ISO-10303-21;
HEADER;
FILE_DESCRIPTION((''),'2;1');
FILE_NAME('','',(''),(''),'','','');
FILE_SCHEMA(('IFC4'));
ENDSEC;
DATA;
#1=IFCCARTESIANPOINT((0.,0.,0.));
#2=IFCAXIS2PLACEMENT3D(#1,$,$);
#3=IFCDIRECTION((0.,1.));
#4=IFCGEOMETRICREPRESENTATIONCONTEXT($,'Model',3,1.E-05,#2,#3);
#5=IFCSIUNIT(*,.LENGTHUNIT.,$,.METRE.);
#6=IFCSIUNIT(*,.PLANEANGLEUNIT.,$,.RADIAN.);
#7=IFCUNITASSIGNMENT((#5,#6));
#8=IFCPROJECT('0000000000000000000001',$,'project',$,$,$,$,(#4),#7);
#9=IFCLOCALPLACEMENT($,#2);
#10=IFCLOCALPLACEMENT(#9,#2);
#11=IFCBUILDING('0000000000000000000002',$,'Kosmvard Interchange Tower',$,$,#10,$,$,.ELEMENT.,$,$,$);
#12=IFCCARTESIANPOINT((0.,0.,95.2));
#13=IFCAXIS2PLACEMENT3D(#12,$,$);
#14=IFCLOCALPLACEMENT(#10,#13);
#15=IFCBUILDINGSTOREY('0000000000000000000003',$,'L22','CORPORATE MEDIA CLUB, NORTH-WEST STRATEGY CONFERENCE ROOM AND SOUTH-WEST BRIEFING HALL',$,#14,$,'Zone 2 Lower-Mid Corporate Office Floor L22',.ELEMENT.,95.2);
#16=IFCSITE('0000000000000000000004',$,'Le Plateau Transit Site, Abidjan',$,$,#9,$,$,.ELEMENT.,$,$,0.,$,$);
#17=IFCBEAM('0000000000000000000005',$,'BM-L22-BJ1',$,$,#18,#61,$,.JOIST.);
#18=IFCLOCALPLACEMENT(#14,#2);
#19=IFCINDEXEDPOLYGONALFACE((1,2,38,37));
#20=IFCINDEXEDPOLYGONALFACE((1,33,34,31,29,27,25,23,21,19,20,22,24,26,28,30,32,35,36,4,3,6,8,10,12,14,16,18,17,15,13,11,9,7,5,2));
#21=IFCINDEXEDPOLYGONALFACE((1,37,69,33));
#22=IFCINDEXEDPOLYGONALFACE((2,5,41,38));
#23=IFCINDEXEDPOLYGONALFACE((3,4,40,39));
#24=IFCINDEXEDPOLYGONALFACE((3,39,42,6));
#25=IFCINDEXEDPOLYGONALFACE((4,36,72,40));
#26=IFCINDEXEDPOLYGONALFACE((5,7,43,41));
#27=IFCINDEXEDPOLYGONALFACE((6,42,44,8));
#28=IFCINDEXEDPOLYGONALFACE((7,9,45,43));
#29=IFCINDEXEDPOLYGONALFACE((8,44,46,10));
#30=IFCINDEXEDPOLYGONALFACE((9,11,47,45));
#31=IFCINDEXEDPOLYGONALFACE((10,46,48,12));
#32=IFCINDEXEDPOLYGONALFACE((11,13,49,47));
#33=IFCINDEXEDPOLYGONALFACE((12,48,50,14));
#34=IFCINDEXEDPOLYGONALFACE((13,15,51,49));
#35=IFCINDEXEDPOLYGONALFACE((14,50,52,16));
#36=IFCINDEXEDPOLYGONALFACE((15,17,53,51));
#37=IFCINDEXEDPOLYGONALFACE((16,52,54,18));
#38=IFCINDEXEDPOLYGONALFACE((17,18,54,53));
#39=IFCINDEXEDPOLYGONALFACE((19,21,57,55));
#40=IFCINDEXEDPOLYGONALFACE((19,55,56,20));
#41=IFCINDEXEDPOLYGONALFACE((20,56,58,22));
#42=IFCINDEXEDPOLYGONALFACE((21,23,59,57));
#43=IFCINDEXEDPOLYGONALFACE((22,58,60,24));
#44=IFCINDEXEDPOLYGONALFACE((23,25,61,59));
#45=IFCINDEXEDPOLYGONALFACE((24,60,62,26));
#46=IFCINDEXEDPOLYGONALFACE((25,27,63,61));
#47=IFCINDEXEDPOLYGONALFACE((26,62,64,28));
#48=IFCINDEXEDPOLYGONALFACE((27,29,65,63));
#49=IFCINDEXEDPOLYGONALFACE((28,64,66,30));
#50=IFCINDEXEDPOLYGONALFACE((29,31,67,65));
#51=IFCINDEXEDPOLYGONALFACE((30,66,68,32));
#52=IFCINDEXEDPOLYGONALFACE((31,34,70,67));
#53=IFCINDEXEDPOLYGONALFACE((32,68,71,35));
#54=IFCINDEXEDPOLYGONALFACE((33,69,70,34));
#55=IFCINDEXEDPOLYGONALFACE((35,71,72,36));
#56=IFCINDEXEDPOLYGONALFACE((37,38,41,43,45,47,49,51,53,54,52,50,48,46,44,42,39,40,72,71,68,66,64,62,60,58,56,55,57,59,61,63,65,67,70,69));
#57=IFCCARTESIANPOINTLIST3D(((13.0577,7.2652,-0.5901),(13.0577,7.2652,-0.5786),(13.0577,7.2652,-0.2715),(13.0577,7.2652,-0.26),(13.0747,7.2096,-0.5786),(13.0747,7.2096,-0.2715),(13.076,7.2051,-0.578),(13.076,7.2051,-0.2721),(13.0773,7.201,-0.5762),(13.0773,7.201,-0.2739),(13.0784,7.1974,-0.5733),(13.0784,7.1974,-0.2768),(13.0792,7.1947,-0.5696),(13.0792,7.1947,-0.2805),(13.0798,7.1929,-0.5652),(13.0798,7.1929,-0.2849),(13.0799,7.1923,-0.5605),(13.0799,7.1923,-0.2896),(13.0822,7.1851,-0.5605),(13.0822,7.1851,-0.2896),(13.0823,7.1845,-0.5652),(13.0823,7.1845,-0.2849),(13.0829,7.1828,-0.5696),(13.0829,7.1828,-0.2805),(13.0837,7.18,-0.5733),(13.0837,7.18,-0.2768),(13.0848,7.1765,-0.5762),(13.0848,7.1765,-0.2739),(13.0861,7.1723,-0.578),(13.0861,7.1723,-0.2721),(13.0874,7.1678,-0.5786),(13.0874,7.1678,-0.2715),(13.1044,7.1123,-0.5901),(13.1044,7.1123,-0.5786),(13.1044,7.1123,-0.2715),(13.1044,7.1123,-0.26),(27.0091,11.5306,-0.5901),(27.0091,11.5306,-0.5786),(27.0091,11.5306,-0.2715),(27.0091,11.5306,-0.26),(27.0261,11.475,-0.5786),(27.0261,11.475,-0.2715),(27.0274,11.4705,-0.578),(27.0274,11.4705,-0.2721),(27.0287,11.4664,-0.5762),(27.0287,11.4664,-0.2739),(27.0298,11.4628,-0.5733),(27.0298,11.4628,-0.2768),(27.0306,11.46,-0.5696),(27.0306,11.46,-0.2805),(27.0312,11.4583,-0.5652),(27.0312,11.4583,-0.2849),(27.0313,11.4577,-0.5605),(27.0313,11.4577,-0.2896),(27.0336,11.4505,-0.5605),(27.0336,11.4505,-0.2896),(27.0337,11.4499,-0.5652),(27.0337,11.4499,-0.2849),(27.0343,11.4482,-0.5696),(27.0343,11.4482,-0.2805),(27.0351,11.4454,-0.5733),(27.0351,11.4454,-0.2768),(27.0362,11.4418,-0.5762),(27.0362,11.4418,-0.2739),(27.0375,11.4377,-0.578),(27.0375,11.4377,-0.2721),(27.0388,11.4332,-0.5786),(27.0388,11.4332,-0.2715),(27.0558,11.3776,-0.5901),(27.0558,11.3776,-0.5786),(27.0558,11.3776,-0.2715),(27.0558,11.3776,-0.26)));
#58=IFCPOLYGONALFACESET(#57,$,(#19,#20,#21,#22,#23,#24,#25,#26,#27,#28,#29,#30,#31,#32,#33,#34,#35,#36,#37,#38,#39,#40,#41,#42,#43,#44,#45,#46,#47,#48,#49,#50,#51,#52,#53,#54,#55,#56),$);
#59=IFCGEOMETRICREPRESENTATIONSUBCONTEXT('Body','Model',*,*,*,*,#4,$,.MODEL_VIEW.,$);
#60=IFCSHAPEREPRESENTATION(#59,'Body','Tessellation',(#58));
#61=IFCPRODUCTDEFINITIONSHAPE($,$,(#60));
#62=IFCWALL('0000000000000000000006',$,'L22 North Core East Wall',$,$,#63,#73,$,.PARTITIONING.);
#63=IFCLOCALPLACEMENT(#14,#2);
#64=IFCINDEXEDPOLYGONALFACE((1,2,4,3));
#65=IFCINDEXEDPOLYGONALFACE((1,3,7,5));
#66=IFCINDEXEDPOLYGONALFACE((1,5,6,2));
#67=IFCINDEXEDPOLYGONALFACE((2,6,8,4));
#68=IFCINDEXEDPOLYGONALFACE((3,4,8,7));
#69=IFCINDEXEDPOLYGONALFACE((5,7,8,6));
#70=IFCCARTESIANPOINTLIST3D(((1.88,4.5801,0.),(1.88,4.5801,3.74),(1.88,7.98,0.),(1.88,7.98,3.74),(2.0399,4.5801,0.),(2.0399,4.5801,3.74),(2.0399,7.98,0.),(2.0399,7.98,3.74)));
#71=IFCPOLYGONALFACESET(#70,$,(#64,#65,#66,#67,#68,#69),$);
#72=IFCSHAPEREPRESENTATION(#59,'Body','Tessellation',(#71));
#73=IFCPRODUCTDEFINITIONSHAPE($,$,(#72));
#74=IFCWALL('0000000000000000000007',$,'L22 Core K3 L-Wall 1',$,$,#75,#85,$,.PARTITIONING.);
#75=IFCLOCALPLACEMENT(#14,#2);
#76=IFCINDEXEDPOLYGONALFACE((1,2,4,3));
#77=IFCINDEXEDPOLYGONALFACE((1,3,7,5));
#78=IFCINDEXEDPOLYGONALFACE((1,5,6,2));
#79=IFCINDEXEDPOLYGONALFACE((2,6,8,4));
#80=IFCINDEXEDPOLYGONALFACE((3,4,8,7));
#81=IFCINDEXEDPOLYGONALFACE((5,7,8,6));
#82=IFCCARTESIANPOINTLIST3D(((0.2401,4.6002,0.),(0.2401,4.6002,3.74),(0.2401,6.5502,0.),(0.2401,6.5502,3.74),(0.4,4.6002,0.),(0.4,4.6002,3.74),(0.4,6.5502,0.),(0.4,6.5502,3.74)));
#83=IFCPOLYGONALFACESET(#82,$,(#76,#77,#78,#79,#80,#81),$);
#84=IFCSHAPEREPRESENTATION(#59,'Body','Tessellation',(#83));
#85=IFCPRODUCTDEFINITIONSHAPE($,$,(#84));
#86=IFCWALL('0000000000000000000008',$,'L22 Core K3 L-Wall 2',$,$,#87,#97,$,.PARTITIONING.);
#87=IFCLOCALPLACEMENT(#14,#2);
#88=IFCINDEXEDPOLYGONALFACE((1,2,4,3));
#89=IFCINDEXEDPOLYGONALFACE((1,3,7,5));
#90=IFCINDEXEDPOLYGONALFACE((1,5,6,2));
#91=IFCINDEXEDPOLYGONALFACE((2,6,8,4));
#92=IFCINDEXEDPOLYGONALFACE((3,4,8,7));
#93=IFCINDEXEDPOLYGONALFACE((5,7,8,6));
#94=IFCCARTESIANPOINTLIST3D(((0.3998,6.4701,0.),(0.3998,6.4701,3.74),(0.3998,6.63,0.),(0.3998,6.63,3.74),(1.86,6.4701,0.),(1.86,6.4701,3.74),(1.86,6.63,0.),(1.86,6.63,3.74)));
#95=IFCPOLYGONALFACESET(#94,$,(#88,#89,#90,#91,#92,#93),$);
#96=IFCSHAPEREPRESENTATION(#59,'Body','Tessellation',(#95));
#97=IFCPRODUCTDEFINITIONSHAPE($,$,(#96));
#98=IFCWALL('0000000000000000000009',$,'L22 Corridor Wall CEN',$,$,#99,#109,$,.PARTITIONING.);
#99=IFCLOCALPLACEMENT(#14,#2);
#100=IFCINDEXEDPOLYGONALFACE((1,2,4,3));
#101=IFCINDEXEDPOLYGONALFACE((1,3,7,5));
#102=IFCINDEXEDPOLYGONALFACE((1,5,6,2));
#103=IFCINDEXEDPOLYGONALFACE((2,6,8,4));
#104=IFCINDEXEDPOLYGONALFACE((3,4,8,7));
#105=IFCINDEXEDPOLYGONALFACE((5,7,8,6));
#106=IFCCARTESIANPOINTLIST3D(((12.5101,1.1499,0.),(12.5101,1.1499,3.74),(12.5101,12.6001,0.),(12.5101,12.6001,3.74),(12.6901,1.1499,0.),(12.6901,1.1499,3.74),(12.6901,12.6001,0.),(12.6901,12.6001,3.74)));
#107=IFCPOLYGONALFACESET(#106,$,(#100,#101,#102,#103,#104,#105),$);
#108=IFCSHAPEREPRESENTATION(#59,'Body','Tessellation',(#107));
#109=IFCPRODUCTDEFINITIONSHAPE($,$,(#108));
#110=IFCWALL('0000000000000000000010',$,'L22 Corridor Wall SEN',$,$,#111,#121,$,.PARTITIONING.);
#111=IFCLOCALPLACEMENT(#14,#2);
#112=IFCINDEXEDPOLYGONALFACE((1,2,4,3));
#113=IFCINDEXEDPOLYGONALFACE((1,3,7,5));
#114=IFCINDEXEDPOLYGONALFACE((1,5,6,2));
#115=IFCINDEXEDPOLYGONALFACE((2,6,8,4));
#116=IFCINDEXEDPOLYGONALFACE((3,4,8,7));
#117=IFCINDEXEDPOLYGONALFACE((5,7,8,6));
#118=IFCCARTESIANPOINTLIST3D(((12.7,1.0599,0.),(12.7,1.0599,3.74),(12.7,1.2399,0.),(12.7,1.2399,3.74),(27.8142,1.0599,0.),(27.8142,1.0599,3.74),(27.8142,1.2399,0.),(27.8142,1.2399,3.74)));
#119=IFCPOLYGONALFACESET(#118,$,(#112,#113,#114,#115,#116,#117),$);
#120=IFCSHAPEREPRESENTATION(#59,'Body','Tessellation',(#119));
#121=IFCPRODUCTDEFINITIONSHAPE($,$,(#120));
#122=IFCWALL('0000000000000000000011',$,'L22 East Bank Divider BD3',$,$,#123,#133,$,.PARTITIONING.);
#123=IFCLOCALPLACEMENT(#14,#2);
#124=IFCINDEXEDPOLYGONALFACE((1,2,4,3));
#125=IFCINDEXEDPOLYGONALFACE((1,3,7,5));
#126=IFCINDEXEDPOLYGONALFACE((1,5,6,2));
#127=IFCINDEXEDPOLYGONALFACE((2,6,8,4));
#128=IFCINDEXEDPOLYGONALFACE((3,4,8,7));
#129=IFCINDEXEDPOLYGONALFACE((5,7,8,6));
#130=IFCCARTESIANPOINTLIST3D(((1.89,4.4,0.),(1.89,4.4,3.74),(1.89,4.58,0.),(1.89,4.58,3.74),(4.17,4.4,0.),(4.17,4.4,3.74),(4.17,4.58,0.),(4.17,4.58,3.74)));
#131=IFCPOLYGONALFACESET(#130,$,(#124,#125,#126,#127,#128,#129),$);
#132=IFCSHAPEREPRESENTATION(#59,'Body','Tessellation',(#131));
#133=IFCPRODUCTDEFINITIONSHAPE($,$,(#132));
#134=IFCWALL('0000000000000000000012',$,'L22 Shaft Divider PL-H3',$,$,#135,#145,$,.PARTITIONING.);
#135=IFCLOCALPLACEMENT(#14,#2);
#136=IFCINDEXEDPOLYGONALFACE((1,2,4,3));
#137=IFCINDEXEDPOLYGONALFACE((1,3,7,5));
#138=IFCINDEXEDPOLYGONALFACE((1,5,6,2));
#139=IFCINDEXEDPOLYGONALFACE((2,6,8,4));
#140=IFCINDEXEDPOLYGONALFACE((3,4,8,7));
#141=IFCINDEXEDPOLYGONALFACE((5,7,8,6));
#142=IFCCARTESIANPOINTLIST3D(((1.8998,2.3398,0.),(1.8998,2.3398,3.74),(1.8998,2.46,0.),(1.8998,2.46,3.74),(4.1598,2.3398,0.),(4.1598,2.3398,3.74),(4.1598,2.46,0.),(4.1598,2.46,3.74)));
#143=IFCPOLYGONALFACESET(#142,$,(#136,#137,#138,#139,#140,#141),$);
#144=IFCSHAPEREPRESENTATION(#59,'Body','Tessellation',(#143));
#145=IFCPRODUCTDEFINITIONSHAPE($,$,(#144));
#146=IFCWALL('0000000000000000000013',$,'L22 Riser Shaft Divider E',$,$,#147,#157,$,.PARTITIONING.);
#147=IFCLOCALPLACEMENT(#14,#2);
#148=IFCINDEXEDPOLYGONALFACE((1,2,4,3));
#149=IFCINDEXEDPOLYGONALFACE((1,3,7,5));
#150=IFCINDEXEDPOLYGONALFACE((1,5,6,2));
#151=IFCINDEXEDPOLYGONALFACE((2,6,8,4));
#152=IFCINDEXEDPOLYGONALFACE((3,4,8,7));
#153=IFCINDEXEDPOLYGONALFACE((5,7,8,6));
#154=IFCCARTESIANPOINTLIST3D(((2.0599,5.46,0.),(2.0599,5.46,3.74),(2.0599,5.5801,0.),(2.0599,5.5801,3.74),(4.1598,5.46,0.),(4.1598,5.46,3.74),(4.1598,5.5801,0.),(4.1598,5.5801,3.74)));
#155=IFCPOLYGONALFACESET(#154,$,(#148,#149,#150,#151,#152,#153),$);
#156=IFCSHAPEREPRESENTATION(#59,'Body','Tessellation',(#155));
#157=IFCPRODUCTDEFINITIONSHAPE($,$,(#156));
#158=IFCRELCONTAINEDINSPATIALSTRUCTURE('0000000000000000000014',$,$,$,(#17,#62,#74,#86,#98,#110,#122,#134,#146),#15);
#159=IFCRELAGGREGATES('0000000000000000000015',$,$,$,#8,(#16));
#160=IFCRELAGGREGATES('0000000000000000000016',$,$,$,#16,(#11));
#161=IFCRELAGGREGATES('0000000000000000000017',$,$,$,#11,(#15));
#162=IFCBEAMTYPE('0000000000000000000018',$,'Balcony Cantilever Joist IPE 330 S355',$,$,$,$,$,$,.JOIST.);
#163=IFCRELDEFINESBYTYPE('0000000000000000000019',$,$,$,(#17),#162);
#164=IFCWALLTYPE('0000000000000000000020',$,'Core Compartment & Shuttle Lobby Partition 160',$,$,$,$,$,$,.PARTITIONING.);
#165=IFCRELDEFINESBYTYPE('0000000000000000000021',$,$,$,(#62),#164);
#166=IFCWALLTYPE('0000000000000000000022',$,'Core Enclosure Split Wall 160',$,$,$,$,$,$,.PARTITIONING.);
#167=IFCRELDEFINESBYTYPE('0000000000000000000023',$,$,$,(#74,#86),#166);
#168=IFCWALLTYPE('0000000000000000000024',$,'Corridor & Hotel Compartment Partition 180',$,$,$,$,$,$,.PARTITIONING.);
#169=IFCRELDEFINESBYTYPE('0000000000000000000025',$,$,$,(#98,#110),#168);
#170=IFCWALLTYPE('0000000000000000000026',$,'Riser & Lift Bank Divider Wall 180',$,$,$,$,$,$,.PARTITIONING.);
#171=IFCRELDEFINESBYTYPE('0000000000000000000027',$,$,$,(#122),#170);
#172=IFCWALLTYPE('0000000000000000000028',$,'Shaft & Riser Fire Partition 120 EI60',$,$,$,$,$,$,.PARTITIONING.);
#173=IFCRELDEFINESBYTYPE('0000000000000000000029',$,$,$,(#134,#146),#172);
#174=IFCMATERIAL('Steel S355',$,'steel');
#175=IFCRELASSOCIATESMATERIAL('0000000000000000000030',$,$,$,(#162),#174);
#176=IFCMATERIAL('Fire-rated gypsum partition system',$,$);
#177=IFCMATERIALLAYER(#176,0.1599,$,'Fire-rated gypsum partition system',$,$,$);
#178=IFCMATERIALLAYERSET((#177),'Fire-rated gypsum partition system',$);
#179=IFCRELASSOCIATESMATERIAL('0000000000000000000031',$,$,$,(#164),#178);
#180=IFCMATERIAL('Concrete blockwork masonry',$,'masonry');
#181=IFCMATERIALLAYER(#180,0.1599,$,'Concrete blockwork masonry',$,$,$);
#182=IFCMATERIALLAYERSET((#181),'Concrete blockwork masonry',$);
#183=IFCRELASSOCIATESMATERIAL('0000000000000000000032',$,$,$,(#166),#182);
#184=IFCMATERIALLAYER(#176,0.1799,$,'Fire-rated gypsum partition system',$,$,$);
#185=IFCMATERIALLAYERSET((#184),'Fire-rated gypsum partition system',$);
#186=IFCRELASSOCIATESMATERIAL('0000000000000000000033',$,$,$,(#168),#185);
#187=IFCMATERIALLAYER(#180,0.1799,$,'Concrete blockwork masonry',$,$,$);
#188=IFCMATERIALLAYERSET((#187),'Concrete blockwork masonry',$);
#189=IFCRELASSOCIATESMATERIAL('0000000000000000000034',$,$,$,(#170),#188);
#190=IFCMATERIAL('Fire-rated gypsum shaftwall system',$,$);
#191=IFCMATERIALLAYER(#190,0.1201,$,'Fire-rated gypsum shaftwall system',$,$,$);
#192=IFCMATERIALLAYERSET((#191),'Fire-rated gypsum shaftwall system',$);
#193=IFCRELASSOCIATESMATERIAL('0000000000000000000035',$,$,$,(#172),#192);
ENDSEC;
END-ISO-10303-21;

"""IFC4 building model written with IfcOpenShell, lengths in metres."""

from ifc_helpers import new_model, si_unit, direction, frame, frame_2d, origin, origin_2d, place, context, subcontext, project, spatial, rectangle, i_section, extrude, source, transform, mapped, material, layer, layer_set, material_profile, profile_set, type_object, element, save


model = new_model("IFC4")

# Units and contexts
model_context = context("Model", 3, precision=1e-05, world=origin(), true_north=direction((0.0, 1.0)))
body_context = subcontext(model_context, "Body", "Model", "MODEL_VIEW")
ifc_project = project(units=[si_unit("LENGTHUNIT", "METRE"), si_unit("PLANEANGLEUNIT", "RADIAN")], contexts=[model_context])

# Site, building, storey
site_placement = place(None, origin())
site = spatial("IfcSite", under=ifc_project, at=site_placement, Name="Le Plateau Transit Site, Abidjan", CompositionType="ELEMENT", RefElevation=0.0)
building_placement = place(site_placement, origin())
building = spatial("IfcBuilding", under=site, at=building_placement, Name="Kosmvard Interchange Tower", CompositionType="ELEMENT")
storey_placement = place(building_placement, frame((0.0, 0.0, 95.2)))
storey = spatial("IfcBuildingStorey", under=building, at=storey_placement, Name="L22", Description="CORPORATE MEDIA CLUB, NORTH-WEST STRATEGY CONFERENCE ROOM AND SOUTH-WEST BRIEFING HALL", LongName="Zone 2 Lower-Mid Corporate Office Floor L22", CompositionType="ELEMENT", Elevation=95.2)

# Beam
ifc_material_1 = material(Name="Steel S355", Category="steel")
ifc_material_profile_1 = material_profile(ifc_material_1, i_section(OverallWidth=0.1599, OverallDepth=0.3301, WebThickness=0.0076, FlangeThickness=0.0115, FilletRadius=0.0181, at=origin_2d()), Name="IPE 330")
ifc_profile_set_1 = profile_set([ifc_material_profile_1], Name="Steel S355")
beam_type_1 = type_object("IfcBeamType", Name="Balcony Cantilever Joist IPE 330 S355", PredefinedType="JOIST", material=ifc_profile_set_1)
shared_shape_1 = source(origin(), body_context, "Body", "SweptSolid", [
    extrude(i_section(OverallWidth=0.1599, OverallDepth=0.3301, WebThickness=0.0076, FlangeThickness=0.0115, FilletRadius=0.0181, at=origin_2d()), origin(), (0.0, 0.0, 1.0), 14.5889),
])
beam_1_placement = place(storey_placement, frame((13.0811, 7.1887, -0.425), z_axis=(0.956305, 0.292372, 0.0), x_axis=(-0.292372, 0.956305, 0.0)))
element("IfcBeam", 1, at=beam_1_placement, inside=storey, type_object=beam_type_1, Name="BM-L22-BJ1", PredefinedType="JOIST", context=body_context, shape_type="MappedRepresentation", body=[
    mapped(shared_shape_1, transform((0.0, 0.0, 0.0), scale=1.0)),
])

# Walls
ifc_material_2 = material(Name="Fire-rated gypsum partition system")
ifc_layer_1 = layer(ifc_material_2, 0.1599, Name="Fire-rated gypsum partition system")
ifc_layer_set_1 = layer_set([ifc_layer_1], Name="Fire-rated gypsum partition system")
wall_type_1 = type_object("IfcWallType", Name="Core Compartment & Shuttle Lobby Partition 160", PredefinedType="PARTITIONING", material=ifc_layer_set_1)
wall_1_placement = place(storey_placement, frame((1.96, 4.5801, 0.0), z_axis=(0.0, 0.0, 1.0), x_axis=(0.0, 1.0, 0.0)))
element("IfcWall", 2, at=wall_1_placement, inside=storey, type_object=wall_type_1, Name="L22 North Core East Wall", PredefinedType="PARTITIONING", context=body_context, shape_type="SweptSolid", body=[
    extrude(rectangle(XDim=3.3999, YDim=0.1599, at=frame_2d((1.7, 0.0))), origin(), (0.0, 0.0, 1.0), 3.74),
])
ifc_material_3 = material(Name="Concrete blockwork masonry", Category="masonry")
ifc_layer_2 = layer(ifc_material_3, 0.1599, Name="Concrete blockwork masonry")
ifc_layer_set_2 = layer_set([ifc_layer_2], Name="Concrete blockwork masonry")
wall_type_2 = type_object("IfcWallType", Name="Core Enclosure Split Wall 160", PredefinedType="PARTITIONING", material=ifc_layer_set_2)
wall_2_placement = place(storey_placement, frame((0.3201, 4.6001, 0.0), z_axis=(0.0, 0.0, 1.0), x_axis=(0.0, 1.0, 0.0)))
element("IfcWall", 3, at=wall_2_placement, inside=storey, type_object=wall_type_2, Name="L22 Core K3 L-Wall 1", PredefinedType="PARTITIONING", context=body_context, shape_type="SweptSolid", body=[
    extrude(rectangle(XDim=1.95, YDim=0.1599, at=frame_2d((0.9751, 0.0))), origin(), (0.0, 0.0, 1.0), 3.74),
])
wall_3_placement = place(storey_placement, frame((0.3999, 6.55, 0.0), z_axis=(0.0, 0.0, 1.0), x_axis=(1.0, 0.0, 0.0)))
element("IfcWall", 4, at=wall_3_placement, inside=storey, type_object=wall_type_2, Name="L22 Core K3 L-Wall 2", PredefinedType="PARTITIONING", context=body_context, shape_type="SweptSolid", body=[
    extrude(rectangle(XDim=1.4602, YDim=0.1599, at=frame_2d((0.73, 0.0))), origin(), (0.0, 0.0, 1.0), 3.74),
])
ifc_layer_3 = layer(ifc_material_2, 0.1799, Name="Fire-rated gypsum partition system")
ifc_layer_set_3 = layer_set([ifc_layer_3], Name="Fire-rated gypsum partition system")
wall_type_3 = type_object("IfcWallType", Name="Corridor & Hotel Compartment Partition 180", PredefinedType="PARTITIONING", material=ifc_layer_set_3)
wall_4_placement = place(storey_placement, frame((12.6001, 1.1499, 0.0), z_axis=(0.0, 0.0, 1.0), x_axis=(0.0, 1.0, 0.0)))
element("IfcWall", 5, at=wall_4_placement, inside=storey, type_object=wall_type_3, Name="L22 Corridor Wall CEN", PredefinedType="PARTITIONING", context=body_context, shape_type="SweptSolid", body=[
    extrude(rectangle(XDim=11.4502, YDim=0.1799, at=frame_2d((5.7251, 0.0))), origin(), (0.0, 0.0, 1.0), 3.74),
])
wall_5_placement = place(storey_placement, frame((12.7, 1.1499, 0.0), z_axis=(0.0, 0.0, 1.0), x_axis=(1.0, 0.0, 0.0)))
element("IfcWall", 6, at=wall_5_placement, inside=storey, type_object=wall_type_3, Name="L22 Corridor Wall SEN", PredefinedType="PARTITIONING", context=body_context, shape_type="SweptSolid", body=[
    extrude(rectangle(XDim=15.1143, YDim=0.1799, at=frame_2d((7.5571, 0.0))), origin(), (0.0, 0.0, 1.0), 3.74),
])
ifc_layer_4 = layer(ifc_material_3, 0.1799, Name="Concrete blockwork masonry")
ifc_layer_set_4 = layer_set([ifc_layer_4], Name="Concrete blockwork masonry")
wall_type_4 = type_object("IfcWallType", Name="Riser & Lift Bank Divider Wall 180", PredefinedType="PARTITIONING", material=ifc_layer_set_4)
wall_6_placement = place(storey_placement, frame((1.8899, 4.49, 0.0), z_axis=(0.0, 0.0, 1.0), x_axis=(1.0, 0.0, 0.0)))
element("IfcWall", 7, at=wall_6_placement, inside=storey, type_object=wall_type_4, Name="L22 East Bank Divider BD3", PredefinedType="PARTITIONING", context=body_context, shape_type="SweptSolid", body=[
    extrude(rectangle(XDim=2.28, YDim=0.1799, at=frame_2d((1.1401, 0.0))), origin(), (0.0, 0.0, 1.0), 3.74),
])
ifc_material_4 = material(Name="Fire-rated gypsum shaftwall system")
ifc_layer_5 = layer(ifc_material_4, 0.1201, Name="Fire-rated gypsum shaftwall system")
ifc_layer_set_5 = layer_set([ifc_layer_5], Name="Fire-rated gypsum shaftwall system")
wall_type_5 = type_object("IfcWallType", Name="Shaft & Riser Fire Partition 120 EI60", PredefinedType="PARTITIONING", material=ifc_layer_set_5)
wall_7_placement = place(storey_placement, frame((1.8999, 2.3999, 0.0), z_axis=(0.0, 0.0, 1.0), x_axis=(1.0, 0.0, 0.0)))
element("IfcWall", 8, at=wall_7_placement, inside=storey, type_object=wall_type_5, Name="L22 Shaft Divider PL-H3", PredefinedType="PARTITIONING", context=body_context, shape_type="SweptSolid", body=[
    extrude(rectangle(XDim=2.26, YDim=0.1201, at=frame_2d((1.1299, 0.0))), origin(), (0.0, 0.0, 1.0), 3.74),
])
wall_8_placement = place(storey_placement, frame((2.0601, 5.52, 0.0), z_axis=(0.0, 0.0, 1.0), x_axis=(1.0, 0.0, 0.0)))
element("IfcWall", 9, at=wall_8_placement, inside=storey, type_object=wall_type_5, Name="L22 Riser Shaft Divider E", PredefinedType="PARTITIONING", context=body_context, shape_type="SweptSolid", body=[
    extrude(rectangle(XDim=2.0999, YDim=0.1201, at=frame_2d((1.0498, 0.0))), origin(), (0.0, 0.0, 1.0), 3.74),
])

save(model, "model.ifc")
